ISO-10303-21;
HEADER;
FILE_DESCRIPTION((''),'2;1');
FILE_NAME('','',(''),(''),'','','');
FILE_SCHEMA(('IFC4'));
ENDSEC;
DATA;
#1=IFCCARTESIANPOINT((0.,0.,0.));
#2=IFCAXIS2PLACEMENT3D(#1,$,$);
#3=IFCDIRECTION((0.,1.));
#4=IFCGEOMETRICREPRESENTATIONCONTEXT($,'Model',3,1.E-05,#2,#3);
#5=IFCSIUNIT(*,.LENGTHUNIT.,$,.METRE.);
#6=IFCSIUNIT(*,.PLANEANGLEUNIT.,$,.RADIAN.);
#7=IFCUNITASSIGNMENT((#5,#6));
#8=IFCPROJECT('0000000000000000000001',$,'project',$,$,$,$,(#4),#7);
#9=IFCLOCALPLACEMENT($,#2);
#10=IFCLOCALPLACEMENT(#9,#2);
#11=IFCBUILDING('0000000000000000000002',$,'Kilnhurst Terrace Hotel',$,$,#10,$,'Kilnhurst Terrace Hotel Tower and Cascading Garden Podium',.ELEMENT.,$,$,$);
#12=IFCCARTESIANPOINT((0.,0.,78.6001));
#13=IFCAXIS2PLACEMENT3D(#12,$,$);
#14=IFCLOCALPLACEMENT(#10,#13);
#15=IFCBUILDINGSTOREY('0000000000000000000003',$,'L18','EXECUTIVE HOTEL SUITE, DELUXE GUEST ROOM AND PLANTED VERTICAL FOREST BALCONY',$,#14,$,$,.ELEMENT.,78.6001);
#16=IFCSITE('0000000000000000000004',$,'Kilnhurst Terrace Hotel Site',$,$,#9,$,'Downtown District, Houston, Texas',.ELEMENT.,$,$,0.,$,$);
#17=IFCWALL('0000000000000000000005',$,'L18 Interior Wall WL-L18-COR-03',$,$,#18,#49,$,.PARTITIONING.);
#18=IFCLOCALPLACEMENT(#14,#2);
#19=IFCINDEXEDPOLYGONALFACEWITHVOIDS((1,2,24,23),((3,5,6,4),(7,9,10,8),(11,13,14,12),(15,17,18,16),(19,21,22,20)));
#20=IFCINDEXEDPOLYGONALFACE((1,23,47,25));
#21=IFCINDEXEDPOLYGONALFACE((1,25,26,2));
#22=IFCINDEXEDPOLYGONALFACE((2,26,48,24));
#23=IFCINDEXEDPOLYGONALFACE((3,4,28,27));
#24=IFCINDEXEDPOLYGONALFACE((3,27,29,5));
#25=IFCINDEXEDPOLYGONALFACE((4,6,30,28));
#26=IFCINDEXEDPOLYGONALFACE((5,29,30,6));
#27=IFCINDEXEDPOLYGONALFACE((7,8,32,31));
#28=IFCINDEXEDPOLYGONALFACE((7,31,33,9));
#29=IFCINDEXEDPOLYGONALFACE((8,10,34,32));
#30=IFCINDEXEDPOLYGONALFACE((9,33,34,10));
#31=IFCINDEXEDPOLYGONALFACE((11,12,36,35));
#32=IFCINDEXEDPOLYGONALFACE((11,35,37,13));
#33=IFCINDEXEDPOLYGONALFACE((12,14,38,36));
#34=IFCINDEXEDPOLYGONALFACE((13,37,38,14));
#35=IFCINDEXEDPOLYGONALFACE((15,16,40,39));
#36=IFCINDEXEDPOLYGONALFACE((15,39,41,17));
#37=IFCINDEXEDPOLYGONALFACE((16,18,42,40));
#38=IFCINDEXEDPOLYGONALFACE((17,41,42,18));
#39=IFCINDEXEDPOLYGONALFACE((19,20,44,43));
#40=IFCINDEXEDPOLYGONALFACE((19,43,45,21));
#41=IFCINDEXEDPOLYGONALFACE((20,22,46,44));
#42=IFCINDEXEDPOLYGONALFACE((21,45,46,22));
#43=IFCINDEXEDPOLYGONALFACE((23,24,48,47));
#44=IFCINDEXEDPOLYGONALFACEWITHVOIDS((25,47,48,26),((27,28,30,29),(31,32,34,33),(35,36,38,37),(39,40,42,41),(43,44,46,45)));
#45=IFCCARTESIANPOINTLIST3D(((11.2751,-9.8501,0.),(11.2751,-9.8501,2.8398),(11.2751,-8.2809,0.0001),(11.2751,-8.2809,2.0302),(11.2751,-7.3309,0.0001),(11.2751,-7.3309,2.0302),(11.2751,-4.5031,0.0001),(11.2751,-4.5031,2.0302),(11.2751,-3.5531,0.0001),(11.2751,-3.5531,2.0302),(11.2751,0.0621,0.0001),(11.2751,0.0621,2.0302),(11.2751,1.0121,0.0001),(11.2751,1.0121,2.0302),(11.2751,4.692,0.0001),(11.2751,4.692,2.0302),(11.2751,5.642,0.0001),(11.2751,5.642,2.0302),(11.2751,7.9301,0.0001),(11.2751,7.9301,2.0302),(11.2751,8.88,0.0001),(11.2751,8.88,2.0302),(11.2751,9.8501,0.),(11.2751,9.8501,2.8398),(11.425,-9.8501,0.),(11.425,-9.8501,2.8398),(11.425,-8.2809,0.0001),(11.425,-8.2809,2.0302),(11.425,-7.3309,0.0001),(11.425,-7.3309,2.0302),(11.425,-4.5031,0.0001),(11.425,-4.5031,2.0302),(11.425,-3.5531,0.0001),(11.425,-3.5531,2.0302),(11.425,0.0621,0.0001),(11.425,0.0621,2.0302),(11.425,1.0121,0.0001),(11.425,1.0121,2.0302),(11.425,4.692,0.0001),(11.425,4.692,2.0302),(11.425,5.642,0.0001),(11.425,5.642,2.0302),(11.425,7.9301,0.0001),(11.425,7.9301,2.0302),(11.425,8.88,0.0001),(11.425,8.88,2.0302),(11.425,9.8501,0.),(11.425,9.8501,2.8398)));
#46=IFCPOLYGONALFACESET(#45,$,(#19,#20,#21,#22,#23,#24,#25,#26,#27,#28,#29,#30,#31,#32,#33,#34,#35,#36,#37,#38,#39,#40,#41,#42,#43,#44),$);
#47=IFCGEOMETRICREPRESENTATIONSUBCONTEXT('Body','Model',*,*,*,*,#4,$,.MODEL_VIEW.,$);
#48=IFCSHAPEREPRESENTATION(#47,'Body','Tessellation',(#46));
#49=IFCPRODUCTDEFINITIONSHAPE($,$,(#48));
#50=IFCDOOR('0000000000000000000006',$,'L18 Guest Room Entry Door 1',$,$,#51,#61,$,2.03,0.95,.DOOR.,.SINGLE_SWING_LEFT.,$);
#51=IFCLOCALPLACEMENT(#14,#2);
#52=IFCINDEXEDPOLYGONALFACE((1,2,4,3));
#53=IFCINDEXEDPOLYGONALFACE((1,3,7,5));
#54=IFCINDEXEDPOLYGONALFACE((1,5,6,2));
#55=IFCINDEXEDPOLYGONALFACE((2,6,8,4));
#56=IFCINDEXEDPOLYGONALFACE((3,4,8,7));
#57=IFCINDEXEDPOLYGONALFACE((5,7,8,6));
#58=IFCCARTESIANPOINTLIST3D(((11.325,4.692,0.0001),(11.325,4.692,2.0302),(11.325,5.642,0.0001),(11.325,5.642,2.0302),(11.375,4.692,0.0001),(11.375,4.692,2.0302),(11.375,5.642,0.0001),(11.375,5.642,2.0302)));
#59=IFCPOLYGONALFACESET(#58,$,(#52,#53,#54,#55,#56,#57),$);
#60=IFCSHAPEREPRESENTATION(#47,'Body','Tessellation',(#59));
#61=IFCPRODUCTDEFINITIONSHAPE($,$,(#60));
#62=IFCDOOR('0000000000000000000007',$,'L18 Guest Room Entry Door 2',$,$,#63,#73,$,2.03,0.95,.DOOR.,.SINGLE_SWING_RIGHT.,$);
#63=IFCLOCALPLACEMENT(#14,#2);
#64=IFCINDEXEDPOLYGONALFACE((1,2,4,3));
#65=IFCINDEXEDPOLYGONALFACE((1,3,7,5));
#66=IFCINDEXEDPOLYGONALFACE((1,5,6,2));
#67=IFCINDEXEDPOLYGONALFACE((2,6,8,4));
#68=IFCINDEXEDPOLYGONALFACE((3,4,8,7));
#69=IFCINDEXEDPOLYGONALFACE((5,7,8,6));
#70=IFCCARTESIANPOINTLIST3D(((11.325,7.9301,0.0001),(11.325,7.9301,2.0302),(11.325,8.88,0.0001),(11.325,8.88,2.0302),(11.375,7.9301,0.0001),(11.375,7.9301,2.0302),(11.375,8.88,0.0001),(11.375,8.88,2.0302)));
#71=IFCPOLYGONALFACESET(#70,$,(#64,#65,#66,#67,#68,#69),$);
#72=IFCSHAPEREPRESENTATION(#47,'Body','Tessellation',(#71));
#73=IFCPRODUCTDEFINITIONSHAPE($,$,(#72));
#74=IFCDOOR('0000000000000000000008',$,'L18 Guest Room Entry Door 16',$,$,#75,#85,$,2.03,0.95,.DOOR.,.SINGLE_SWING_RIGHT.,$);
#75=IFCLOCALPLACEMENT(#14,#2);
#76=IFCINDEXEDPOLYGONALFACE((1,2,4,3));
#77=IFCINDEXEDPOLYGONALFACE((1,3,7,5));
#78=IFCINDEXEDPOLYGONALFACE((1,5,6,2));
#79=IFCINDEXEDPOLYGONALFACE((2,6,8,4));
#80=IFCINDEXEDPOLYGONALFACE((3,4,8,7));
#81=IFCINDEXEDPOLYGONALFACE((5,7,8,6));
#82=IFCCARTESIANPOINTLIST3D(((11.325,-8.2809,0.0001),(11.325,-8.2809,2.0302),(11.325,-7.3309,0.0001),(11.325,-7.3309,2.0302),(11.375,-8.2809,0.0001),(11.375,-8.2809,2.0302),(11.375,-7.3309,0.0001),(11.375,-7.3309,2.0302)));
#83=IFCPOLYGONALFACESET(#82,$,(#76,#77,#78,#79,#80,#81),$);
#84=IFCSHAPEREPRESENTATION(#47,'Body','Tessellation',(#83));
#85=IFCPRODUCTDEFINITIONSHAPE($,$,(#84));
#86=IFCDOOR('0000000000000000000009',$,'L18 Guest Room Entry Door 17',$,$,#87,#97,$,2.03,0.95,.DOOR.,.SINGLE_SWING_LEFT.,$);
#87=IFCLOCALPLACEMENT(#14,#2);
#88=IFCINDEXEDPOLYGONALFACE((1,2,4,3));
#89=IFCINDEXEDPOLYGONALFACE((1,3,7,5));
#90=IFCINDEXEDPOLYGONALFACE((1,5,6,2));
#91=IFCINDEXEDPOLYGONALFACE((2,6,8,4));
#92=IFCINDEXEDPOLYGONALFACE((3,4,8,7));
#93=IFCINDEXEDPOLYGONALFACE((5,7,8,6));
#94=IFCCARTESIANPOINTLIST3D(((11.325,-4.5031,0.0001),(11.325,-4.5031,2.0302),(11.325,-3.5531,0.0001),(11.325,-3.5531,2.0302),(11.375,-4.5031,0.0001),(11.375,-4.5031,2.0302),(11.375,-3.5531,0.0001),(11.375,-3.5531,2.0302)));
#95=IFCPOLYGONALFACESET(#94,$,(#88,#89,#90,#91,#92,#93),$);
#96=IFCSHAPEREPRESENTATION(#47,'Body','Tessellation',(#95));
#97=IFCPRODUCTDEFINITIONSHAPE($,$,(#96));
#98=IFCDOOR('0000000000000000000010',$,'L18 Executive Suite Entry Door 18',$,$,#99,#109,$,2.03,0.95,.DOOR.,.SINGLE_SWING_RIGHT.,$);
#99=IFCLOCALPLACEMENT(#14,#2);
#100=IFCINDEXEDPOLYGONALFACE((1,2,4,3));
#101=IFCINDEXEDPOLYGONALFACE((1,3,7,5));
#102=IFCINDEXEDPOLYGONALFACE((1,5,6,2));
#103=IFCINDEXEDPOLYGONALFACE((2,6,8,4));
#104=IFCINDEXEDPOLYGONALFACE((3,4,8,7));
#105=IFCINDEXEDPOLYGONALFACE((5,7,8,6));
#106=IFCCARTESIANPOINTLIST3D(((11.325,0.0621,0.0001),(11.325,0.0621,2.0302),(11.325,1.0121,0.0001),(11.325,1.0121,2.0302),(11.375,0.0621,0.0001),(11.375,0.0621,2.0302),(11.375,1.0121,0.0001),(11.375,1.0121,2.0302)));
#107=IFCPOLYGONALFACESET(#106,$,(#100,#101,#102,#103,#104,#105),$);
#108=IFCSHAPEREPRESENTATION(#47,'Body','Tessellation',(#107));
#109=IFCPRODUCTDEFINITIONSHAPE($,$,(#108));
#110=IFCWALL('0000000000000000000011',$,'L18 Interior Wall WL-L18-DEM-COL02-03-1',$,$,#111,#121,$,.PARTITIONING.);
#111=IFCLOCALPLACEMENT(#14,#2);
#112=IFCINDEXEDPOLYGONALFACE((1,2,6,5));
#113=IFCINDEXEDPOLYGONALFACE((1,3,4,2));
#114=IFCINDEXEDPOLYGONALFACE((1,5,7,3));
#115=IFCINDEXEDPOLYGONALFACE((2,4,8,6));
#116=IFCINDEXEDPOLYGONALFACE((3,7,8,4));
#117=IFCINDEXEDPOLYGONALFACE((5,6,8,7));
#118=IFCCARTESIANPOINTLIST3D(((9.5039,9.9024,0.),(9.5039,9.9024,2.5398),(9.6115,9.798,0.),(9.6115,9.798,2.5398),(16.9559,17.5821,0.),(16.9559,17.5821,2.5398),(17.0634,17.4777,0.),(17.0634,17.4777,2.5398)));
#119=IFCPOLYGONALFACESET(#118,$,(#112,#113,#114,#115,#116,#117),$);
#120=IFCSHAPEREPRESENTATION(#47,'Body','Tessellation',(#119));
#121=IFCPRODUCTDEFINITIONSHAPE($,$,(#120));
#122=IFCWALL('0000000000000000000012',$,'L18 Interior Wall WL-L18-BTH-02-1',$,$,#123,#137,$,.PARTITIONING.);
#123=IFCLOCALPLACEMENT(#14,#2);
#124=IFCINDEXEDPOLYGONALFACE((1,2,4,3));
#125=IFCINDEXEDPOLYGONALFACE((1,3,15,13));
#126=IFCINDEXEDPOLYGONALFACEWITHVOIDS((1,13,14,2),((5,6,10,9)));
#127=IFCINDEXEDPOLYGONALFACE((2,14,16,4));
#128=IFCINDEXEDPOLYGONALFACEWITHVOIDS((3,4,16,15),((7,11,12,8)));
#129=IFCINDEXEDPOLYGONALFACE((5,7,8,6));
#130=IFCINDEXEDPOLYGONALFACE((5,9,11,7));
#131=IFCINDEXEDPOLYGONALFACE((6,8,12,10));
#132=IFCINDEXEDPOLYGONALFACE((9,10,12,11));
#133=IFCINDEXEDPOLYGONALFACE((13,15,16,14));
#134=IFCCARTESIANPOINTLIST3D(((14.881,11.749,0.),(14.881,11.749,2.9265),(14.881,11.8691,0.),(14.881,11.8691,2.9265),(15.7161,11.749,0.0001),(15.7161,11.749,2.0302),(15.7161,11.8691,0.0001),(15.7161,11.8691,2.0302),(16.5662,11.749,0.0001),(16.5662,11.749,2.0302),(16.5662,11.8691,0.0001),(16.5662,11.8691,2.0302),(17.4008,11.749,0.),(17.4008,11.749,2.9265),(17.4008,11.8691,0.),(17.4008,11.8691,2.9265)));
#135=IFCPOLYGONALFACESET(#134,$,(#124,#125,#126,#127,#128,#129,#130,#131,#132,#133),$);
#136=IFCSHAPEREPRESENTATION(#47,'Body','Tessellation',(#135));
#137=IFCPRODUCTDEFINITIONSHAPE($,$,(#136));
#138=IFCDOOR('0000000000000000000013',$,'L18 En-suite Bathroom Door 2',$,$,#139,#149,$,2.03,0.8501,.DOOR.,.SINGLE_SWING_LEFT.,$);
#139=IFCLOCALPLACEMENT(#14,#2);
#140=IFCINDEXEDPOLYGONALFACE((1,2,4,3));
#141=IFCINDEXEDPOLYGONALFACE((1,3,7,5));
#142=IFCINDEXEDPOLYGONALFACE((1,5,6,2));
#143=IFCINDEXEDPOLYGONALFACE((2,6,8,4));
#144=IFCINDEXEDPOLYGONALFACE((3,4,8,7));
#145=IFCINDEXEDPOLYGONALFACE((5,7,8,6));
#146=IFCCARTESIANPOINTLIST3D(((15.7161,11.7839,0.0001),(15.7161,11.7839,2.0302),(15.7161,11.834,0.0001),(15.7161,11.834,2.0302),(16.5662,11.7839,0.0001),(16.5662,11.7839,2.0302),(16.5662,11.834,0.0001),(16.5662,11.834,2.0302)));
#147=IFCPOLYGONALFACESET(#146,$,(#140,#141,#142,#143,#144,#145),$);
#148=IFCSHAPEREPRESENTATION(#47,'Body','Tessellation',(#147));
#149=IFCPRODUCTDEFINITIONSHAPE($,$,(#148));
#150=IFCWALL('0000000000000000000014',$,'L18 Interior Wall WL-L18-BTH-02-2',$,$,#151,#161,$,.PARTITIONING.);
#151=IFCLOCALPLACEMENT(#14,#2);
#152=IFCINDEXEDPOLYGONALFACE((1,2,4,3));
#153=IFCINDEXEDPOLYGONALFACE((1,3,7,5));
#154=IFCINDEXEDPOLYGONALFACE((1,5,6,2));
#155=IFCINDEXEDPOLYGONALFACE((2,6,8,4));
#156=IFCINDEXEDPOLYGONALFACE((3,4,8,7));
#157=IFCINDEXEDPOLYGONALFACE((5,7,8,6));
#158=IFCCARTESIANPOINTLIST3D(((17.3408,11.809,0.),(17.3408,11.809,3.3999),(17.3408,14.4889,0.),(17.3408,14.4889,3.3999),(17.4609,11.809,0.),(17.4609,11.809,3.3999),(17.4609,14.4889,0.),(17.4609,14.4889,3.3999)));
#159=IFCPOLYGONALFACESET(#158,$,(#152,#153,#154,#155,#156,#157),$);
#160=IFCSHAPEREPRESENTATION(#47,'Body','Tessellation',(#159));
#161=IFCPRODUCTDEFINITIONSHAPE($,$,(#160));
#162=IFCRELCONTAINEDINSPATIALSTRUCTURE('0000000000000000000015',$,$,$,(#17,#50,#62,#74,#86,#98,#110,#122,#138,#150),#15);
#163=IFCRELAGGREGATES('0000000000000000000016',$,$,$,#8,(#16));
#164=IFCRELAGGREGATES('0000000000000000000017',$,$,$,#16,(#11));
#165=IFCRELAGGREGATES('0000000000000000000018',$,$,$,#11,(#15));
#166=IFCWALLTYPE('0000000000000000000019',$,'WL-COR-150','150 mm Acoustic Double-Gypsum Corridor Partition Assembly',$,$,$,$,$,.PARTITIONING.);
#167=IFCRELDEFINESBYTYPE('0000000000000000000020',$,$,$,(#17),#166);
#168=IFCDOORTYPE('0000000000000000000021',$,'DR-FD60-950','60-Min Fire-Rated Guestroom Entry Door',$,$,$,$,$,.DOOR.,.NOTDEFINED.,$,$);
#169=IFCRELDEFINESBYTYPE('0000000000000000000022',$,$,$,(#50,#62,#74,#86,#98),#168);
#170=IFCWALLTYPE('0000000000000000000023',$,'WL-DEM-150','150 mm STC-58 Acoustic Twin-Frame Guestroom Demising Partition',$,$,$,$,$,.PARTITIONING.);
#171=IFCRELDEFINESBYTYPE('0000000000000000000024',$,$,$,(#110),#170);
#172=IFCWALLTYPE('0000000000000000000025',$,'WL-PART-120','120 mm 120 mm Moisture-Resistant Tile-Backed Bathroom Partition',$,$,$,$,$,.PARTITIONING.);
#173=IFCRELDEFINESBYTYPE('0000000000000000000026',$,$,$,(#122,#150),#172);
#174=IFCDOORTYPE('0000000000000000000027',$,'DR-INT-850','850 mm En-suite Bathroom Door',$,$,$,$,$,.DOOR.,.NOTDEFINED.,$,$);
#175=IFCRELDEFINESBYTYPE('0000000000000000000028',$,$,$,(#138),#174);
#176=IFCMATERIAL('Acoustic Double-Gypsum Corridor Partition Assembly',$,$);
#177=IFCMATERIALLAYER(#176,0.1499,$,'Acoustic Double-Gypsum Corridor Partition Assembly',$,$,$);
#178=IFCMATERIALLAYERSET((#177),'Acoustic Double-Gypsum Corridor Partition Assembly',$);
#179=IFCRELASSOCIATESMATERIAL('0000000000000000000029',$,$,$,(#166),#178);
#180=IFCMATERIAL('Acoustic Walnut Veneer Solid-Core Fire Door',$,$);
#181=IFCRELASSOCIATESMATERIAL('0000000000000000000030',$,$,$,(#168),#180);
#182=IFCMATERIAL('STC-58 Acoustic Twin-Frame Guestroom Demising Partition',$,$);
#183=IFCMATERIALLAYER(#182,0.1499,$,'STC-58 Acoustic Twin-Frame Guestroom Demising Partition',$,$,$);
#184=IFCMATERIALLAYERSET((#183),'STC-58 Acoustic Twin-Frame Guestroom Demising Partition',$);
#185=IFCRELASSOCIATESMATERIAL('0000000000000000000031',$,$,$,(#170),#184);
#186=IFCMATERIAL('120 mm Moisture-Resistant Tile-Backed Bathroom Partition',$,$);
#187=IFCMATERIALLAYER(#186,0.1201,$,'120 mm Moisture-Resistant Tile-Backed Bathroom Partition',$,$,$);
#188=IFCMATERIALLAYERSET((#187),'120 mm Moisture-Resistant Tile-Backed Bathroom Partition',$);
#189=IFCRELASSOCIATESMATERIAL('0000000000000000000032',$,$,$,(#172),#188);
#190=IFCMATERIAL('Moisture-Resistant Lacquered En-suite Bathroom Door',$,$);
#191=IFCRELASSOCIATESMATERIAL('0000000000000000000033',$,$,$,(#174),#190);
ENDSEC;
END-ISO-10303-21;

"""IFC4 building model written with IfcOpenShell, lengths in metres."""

from ifc_helpers import new_model, si_unit, direction, frame, frame_2d, origin, place, context, subcontext, project, spatial, rectangle, extrude, material, layer, layer_set, type_object, element, fill, save


model = new_model("IFC4")

# Units and contexts
model_context = context("Model", 3, precision=1e-05, world=origin(), true_north=direction((0.0, 1.0)))
body_context = subcontext(model_context, "Body", "Model", "MODEL_VIEW")
ifc_project = project(units=[si_unit("LENGTHUNIT", "METRE"), si_unit("PLANEANGLEUNIT", "RADIAN")], contexts=[model_context])

# Site, building, storey
site_placement = place(None, origin())
site = spatial("IfcSite", under=ifc_project, at=site_placement, Name="Kilnhurst Terrace Hotel Site", LongName="Downtown District, Houston, Texas", CompositionType="ELEMENT", RefElevation=0.0)
building_placement = place(site_placement, origin())
building = spatial("IfcBuilding", under=site, at=building_placement, Name="Kilnhurst Terrace Hotel", LongName="Kilnhurst Terrace Hotel Tower and Cascading Garden Podium", CompositionType="ELEMENT")
storey_placement = place(building_placement, frame((0.0, 0.0, 78.6001)))
storey = spatial("IfcBuildingStorey", under=building, at=storey_placement, Name="L18", Description="EXECUTIVE HOTEL SUITE, DELUXE GUEST ROOM AND PLANTED VERTICAL FOREST BALCONY", CompositionType="ELEMENT", Elevation=78.6001)

# Wall, openings, doors
ifc_material_1 = material(Name="Acoustic Double-Gypsum Corridor Partition Assembly")
ifc_layer_1 = layer(ifc_material_1, 0.1499, Name="Acoustic Double-Gypsum Corridor Partition Assembly")
ifc_layer_set_1 = layer_set([ifc_layer_1], Name="Acoustic Double-Gypsum Corridor Partition Assembly")
wall_type_1 = type_object("IfcWallType", Name="WL-COR-150", Description="150 mm Acoustic Double-Gypsum Corridor Partition Assembly", PredefinedType="PARTITIONING", material=ifc_layer_set_1)
wall_1_placement = place(storey_placement, frame((11.3501, 9.8501, 0.0), z_axis=(0.0, 0.0, 1.0), x_axis=(0.0, -1.0, 0.0)))
wall_1 = element("IfcWall", 1, at=wall_1_placement, inside=storey, type_object=wall_type_1, Name="L18 Interior Wall WL-L18-COR-03", PredefinedType="PARTITIONING", context=body_context, shape_type="SweptSolid", body=[
    extrude(rectangle(XDim=19.7002, YDim=0.1499, at=frame_2d((9.8501, 0.0))), origin(), (0.0, 0.0, 1.0), 2.8398),
])
opening_1_placement = place(wall_1_placement, frame((4.208, 0.0, 0.0)))
opening_1 = element("IfcOpeningElement", 2, at=opening_1_placement, cuts=wall_1, PredefinedType="OPENING", context=body_context, shape_type="SweptSolid", body=[
    extrude(rectangle(XDim=0.95, YDim=2.03, at=frame_2d((0.4751, 1.0151))), frame((0.0, 0.085, 0.0), z_axis=(0.0, -1.0, 0.0), x_axis=(1.0, 0.0, 0.0)), (0.0, 0.0, 1.0), 0.1699),
])
opening_2_placement = place(wall_1_placement, frame((0.97, 0.0, 0.0)))
opening_2 = element("IfcOpeningElement", 3, at=opening_2_placement, cuts=wall_1, PredefinedType="OPENING", context=body_context, shape_type="SweptSolid", body=[
    extrude(rectangle(XDim=0.95, YDim=2.03, at=frame_2d((0.4751, 1.0151))), frame((0.0, 0.085, 0.0), z_axis=(0.0, -1.0, 0.0), x_axis=(1.0, 0.0, 0.0)), (0.0, 0.0, 1.0), 0.1699),
])
opening_3_placement = place(wall_1_placement, frame((17.1809, 0.0, 0.0)))
opening_3 = element("IfcOpeningElement", 4, at=opening_3_placement, cuts=wall_1, PredefinedType="OPENING", context=body_context, shape_type="SweptSolid", body=[
    extrude(rectangle(XDim=0.95, YDim=2.03, at=frame_2d((0.4751, 1.0151))), frame((0.0, 0.085, 0.0), z_axis=(0.0, -1.0, 0.0), x_axis=(1.0, 0.0, 0.0)), (0.0, 0.0, 1.0), 0.1699),
])
opening_4_placement = place(wall_1_placement, frame((13.4031, 0.0, 0.0)))
opening_4 = element("IfcOpeningElement", 5, at=opening_4_placement, cuts=wall_1, PredefinedType="OPENING", context=body_context, shape_type="SweptSolid", body=[
    extrude(rectangle(XDim=0.95, YDim=2.03, at=frame_2d((0.4751, 1.0151))), frame((0.0, 0.085, 0.0), z_axis=(0.0, -1.0, 0.0), x_axis=(1.0, 0.0, 0.0)), (0.0, 0.0, 1.0), 0.1699),
])
opening_5_placement = place(wall_1_placement, frame((8.8379, 0.0, 0.0)))
opening_5 = element("IfcOpeningElement", 6, at=opening_5_placement, cuts=wall_1, PredefinedType="OPENING", context=body_context, shape_type="SweptSolid", body=[
    extrude(rectangle(XDim=0.95, YDim=2.03, at=frame_2d((0.4751, 1.0151))), frame((0.0, 0.085, 0.0), z_axis=(0.0, -1.0, 0.0), x_axis=(1.0, 0.0, 0.0)), (0.0, 0.0, 1.0), 0.1699),
])
ifc_material_2 = material(Name="Acoustic Walnut Veneer Solid-Core Fire Door")
door_type_1 = type_object("IfcDoorType", Name="DR-FD60-950", Description="60-Min Fire-Rated Guestroom Entry Door", OperationType="NOTDEFINED", PredefinedType="DOOR", material=ifc_material_2)
door_1_placement = place(opening_1_placement, origin())
door_1 = element("IfcDoor", 7, at=door_1_placement, inside=storey, type_object=door_type_1, Name="L18 Guest Room Entry Door 1", OperationType="SINGLE_SWING_LEFT", OverallHeight=2.03, OverallWidth=0.95, PredefinedType="DOOR", context=body_context, shape_type="SweptSolid", body=[
    extrude(rectangle(XDim=0.95, YDim=2.03, at=frame_2d((0.4751, 1.0151))), frame((0.0, 0.0249, 0.0), z_axis=(0.0, -1.0, 0.0), x_axis=(1.0, 0.0, 0.0)), (0.0, 0.0, 1.0), 0.05),
])
fill(opening_1, door_1)
door_2_placement = place(opening_2_placement, origin())
door_2 = element("IfcDoor", 8, at=door_2_placement, inside=storey, type_object=door_type_1, Name="L18 Guest Room Entry Door 2", OperationType="SINGLE_SWING_RIGHT", OverallHeight=2.03, OverallWidth=0.95, PredefinedType="DOOR", context=body_context, shape_type="SweptSolid", body=[
    extrude(rectangle(XDim=0.95, YDim=2.03, at=frame_2d((0.4751, 1.0151))), frame((0.0, 0.0249, 0.0), z_axis=(0.0, -1.0, 0.0), x_axis=(1.0, 0.0, 0.0)), (0.0, 0.0, 1.0), 0.05),
])
fill(opening_2, door_2)
door_3_placement = place(opening_3_placement, origin())
door_3 = element("IfcDoor", 9, at=door_3_placement, inside=storey, type_object=door_type_1, Name="L18 Guest Room Entry Door 16", OperationType="SINGLE_SWING_RIGHT", OverallHeight=2.03, OverallWidth=0.95, PredefinedType="DOOR", context=body_context, shape_type="SweptSolid", body=[
    extrude(rectangle(XDim=0.95, YDim=2.03, at=frame_2d((0.4751, 1.0151))), frame((0.0, 0.0249, 0.0), z_axis=(0.0, -1.0, 0.0), x_axis=(1.0, 0.0, 0.0)), (0.0, 0.0, 1.0), 0.05),
])
fill(opening_3, door_3)
door_4_placement = place(opening_4_placement, origin())
door_4 = element("IfcDoor", 10, at=door_4_placement, inside=storey, type_object=door_type_1, Name="L18 Guest Room Entry Door 17", OperationType="SINGLE_SWING_LEFT", OverallHeight=2.03, OverallWidth=0.95, PredefinedType="DOOR", context=body_context, shape_type="SweptSolid", body=[
    extrude(rectangle(XDim=0.95, YDim=2.03, at=frame_2d((0.4751, 1.0151))), frame((0.0, 0.0249, 0.0), z_axis=(0.0, -1.0, 0.0), x_axis=(1.0, 0.0, 0.0)), (0.0, 0.0, 1.0), 0.05),
])
fill(opening_4, door_4)
door_5_placement = place(opening_5_placement, origin())
door_5 = element("IfcDoor", 11, at=door_5_placement, inside=storey, type_object=door_type_1, Name="L18 Executive Suite Entry Door 18", OperationType="SINGLE_SWING_RIGHT", OverallHeight=2.03, OverallWidth=0.95, PredefinedType="DOOR", context=body_context, shape_type="SweptSolid", body=[
    extrude(rectangle(XDim=0.95, YDim=2.03, at=frame_2d((0.4751, 1.0151))), frame((0.0, 0.0249, 0.0), z_axis=(0.0, -1.0, 0.0), x_axis=(1.0, 0.0, 0.0)), (0.0, 0.0, 1.0), 0.05),
])
fill(opening_5, door_5)

# Wall
ifc_material_3 = material(Name="STC-58 Acoustic Twin-Frame Guestroom Demising Partition")
ifc_layer_2 = layer(ifc_material_3, 0.1499, Name="STC-58 Acoustic Twin-Frame Guestroom Demising Partition")
ifc_layer_set_2 = layer_set([ifc_layer_2], Name="STC-58 Acoustic Twin-Frame Guestroom Demising Partition")
wall_type_2 = type_object("IfcWallType", Name="WL-DEM-150", Description="150 mm STC-58 Acoustic Twin-Frame Guestroom Demising Partition", PredefinedType="PARTITIONING", material=ifc_layer_set_2)
wall_2_placement = place(storey_placement, frame((9.5576, 9.8501, 0.0), z_axis=(0.0, 0.0, 1.0), x_axis=(0.696383, 0.71767, 0.0)))
element("IfcWall", 12, at=wall_2_placement, inside=storey, type_object=wall_type_2, Name="L18 Interior Wall WL-L18-DEM-COL02-03-1", PredefinedType="PARTITIONING", context=body_context, shape_type="SweptSolid", body=[
    extrude(rectangle(XDim=10.7009, YDim=0.1499, at=frame_2d((5.3506, 0.0))), origin(), (0.0, 0.0, 1.0), 2.5398),
])

# Wall, opening, door
ifc_material_4 = material(Name="120 mm Moisture-Resistant Tile-Backed Bathroom Partition")
ifc_layer_3 = layer(ifc_material_4, 0.1201, Name="120 mm Moisture-Resistant Tile-Backed Bathroom Partition")
ifc_layer_set_3 = layer_set([ifc_layer_3], Name="120 mm Moisture-Resistant Tile-Backed Bathroom Partition")
wall_type_3 = type_object("IfcWallType", Name="WL-PART-120", Description="120 mm 120 mm Moisture-Resistant Tile-Backed Bathroom Partition", PredefinedType="PARTITIONING", material=ifc_layer_set_3)
wall_3_placement = place(storey_placement, frame((14.8811, 11.8091, 0.0), z_axis=(0.0, 0.0, 1.0), x_axis=(1.0, 0.0, 0.0)))
wall_3 = element("IfcWall", 13, at=wall_3_placement, inside=storey, type_object=wall_type_3, Name="L18 Interior Wall WL-L18-BTH-02-1", PredefinedType="PARTITIONING", context=body_context, shape_type="SweptSolid", body=[
    extrude(rectangle(XDim=2.5198, YDim=0.1201, at=frame_2d((1.2598, 0.0))), origin(), (0.0, 0.0, 1.0), 2.9265),
])
opening_6_placement = place(wall_3_placement, frame((0.835, 0.0, 0.0)))
opening_6 = element("IfcOpeningElement", 14, at=opening_6_placement, cuts=wall_3, PredefinedType="OPENING", context=body_context, shape_type="SweptSolid", body=[
    extrude(rectangle(XDim=0.8501, YDim=2.03, at=frame_2d((0.425, 1.0151))), frame((0.0, 0.0701, 0.0), z_axis=(0.0, -1.0, 0.0), x_axis=(1.0, 0.0, 0.0)), (0.0, 0.0, 1.0), 0.1401),
])
ifc_material_5 = material(Name="Moisture-Resistant Lacquered En-suite Bathroom Door")
door_type_2 = type_object("IfcDoorType", Name="DR-INT-850", Description="850 mm En-suite Bathroom Door", OperationType="NOTDEFINED", PredefinedType="DOOR", material=ifc_material_5)
door_6_placement = place(opening_6_placement, origin())
door_6 = element("IfcDoor", 15, at=door_6_placement, inside=storey, type_object=door_type_2, Name="L18 En-suite Bathroom Door 2", OperationType="SINGLE_SWING_LEFT", OverallHeight=2.03, OverallWidth=0.8501, PredefinedType="DOOR", context=body_context, shape_type="SweptSolid", body=[
    extrude(rectangle(XDim=0.8501, YDim=2.03, at=frame_2d((0.425, 1.0151))), frame((0.0, 0.0249, 0.0), z_axis=(0.0, -1.0, 0.0), x_axis=(1.0, 0.0, 0.0)), (0.0, 0.0, 1.0), 0.05),
])
fill(opening_6, door_6)

# Wall
wall_4_placement = place(storey_placement, frame((17.4009, 11.8091, 0.0), z_axis=(0.0, 0.0, 1.0), x_axis=(0.0, 1.0, 0.0)))
element("IfcWall", 16, at=wall_4_placement, inside=storey, type_object=wall_type_3, Name="L18 Interior Wall WL-L18-BTH-02-2", PredefinedType="PARTITIONING", context=body_context, shape_type="SweptSolid", body=[
    extrude(rectangle(XDim=2.6799, YDim=0.1201, at=frame_2d((1.3398, 0.0))), origin(), (0.0, 0.0, 1.0), 3.3999),
])

save(model, "model.ifc")
